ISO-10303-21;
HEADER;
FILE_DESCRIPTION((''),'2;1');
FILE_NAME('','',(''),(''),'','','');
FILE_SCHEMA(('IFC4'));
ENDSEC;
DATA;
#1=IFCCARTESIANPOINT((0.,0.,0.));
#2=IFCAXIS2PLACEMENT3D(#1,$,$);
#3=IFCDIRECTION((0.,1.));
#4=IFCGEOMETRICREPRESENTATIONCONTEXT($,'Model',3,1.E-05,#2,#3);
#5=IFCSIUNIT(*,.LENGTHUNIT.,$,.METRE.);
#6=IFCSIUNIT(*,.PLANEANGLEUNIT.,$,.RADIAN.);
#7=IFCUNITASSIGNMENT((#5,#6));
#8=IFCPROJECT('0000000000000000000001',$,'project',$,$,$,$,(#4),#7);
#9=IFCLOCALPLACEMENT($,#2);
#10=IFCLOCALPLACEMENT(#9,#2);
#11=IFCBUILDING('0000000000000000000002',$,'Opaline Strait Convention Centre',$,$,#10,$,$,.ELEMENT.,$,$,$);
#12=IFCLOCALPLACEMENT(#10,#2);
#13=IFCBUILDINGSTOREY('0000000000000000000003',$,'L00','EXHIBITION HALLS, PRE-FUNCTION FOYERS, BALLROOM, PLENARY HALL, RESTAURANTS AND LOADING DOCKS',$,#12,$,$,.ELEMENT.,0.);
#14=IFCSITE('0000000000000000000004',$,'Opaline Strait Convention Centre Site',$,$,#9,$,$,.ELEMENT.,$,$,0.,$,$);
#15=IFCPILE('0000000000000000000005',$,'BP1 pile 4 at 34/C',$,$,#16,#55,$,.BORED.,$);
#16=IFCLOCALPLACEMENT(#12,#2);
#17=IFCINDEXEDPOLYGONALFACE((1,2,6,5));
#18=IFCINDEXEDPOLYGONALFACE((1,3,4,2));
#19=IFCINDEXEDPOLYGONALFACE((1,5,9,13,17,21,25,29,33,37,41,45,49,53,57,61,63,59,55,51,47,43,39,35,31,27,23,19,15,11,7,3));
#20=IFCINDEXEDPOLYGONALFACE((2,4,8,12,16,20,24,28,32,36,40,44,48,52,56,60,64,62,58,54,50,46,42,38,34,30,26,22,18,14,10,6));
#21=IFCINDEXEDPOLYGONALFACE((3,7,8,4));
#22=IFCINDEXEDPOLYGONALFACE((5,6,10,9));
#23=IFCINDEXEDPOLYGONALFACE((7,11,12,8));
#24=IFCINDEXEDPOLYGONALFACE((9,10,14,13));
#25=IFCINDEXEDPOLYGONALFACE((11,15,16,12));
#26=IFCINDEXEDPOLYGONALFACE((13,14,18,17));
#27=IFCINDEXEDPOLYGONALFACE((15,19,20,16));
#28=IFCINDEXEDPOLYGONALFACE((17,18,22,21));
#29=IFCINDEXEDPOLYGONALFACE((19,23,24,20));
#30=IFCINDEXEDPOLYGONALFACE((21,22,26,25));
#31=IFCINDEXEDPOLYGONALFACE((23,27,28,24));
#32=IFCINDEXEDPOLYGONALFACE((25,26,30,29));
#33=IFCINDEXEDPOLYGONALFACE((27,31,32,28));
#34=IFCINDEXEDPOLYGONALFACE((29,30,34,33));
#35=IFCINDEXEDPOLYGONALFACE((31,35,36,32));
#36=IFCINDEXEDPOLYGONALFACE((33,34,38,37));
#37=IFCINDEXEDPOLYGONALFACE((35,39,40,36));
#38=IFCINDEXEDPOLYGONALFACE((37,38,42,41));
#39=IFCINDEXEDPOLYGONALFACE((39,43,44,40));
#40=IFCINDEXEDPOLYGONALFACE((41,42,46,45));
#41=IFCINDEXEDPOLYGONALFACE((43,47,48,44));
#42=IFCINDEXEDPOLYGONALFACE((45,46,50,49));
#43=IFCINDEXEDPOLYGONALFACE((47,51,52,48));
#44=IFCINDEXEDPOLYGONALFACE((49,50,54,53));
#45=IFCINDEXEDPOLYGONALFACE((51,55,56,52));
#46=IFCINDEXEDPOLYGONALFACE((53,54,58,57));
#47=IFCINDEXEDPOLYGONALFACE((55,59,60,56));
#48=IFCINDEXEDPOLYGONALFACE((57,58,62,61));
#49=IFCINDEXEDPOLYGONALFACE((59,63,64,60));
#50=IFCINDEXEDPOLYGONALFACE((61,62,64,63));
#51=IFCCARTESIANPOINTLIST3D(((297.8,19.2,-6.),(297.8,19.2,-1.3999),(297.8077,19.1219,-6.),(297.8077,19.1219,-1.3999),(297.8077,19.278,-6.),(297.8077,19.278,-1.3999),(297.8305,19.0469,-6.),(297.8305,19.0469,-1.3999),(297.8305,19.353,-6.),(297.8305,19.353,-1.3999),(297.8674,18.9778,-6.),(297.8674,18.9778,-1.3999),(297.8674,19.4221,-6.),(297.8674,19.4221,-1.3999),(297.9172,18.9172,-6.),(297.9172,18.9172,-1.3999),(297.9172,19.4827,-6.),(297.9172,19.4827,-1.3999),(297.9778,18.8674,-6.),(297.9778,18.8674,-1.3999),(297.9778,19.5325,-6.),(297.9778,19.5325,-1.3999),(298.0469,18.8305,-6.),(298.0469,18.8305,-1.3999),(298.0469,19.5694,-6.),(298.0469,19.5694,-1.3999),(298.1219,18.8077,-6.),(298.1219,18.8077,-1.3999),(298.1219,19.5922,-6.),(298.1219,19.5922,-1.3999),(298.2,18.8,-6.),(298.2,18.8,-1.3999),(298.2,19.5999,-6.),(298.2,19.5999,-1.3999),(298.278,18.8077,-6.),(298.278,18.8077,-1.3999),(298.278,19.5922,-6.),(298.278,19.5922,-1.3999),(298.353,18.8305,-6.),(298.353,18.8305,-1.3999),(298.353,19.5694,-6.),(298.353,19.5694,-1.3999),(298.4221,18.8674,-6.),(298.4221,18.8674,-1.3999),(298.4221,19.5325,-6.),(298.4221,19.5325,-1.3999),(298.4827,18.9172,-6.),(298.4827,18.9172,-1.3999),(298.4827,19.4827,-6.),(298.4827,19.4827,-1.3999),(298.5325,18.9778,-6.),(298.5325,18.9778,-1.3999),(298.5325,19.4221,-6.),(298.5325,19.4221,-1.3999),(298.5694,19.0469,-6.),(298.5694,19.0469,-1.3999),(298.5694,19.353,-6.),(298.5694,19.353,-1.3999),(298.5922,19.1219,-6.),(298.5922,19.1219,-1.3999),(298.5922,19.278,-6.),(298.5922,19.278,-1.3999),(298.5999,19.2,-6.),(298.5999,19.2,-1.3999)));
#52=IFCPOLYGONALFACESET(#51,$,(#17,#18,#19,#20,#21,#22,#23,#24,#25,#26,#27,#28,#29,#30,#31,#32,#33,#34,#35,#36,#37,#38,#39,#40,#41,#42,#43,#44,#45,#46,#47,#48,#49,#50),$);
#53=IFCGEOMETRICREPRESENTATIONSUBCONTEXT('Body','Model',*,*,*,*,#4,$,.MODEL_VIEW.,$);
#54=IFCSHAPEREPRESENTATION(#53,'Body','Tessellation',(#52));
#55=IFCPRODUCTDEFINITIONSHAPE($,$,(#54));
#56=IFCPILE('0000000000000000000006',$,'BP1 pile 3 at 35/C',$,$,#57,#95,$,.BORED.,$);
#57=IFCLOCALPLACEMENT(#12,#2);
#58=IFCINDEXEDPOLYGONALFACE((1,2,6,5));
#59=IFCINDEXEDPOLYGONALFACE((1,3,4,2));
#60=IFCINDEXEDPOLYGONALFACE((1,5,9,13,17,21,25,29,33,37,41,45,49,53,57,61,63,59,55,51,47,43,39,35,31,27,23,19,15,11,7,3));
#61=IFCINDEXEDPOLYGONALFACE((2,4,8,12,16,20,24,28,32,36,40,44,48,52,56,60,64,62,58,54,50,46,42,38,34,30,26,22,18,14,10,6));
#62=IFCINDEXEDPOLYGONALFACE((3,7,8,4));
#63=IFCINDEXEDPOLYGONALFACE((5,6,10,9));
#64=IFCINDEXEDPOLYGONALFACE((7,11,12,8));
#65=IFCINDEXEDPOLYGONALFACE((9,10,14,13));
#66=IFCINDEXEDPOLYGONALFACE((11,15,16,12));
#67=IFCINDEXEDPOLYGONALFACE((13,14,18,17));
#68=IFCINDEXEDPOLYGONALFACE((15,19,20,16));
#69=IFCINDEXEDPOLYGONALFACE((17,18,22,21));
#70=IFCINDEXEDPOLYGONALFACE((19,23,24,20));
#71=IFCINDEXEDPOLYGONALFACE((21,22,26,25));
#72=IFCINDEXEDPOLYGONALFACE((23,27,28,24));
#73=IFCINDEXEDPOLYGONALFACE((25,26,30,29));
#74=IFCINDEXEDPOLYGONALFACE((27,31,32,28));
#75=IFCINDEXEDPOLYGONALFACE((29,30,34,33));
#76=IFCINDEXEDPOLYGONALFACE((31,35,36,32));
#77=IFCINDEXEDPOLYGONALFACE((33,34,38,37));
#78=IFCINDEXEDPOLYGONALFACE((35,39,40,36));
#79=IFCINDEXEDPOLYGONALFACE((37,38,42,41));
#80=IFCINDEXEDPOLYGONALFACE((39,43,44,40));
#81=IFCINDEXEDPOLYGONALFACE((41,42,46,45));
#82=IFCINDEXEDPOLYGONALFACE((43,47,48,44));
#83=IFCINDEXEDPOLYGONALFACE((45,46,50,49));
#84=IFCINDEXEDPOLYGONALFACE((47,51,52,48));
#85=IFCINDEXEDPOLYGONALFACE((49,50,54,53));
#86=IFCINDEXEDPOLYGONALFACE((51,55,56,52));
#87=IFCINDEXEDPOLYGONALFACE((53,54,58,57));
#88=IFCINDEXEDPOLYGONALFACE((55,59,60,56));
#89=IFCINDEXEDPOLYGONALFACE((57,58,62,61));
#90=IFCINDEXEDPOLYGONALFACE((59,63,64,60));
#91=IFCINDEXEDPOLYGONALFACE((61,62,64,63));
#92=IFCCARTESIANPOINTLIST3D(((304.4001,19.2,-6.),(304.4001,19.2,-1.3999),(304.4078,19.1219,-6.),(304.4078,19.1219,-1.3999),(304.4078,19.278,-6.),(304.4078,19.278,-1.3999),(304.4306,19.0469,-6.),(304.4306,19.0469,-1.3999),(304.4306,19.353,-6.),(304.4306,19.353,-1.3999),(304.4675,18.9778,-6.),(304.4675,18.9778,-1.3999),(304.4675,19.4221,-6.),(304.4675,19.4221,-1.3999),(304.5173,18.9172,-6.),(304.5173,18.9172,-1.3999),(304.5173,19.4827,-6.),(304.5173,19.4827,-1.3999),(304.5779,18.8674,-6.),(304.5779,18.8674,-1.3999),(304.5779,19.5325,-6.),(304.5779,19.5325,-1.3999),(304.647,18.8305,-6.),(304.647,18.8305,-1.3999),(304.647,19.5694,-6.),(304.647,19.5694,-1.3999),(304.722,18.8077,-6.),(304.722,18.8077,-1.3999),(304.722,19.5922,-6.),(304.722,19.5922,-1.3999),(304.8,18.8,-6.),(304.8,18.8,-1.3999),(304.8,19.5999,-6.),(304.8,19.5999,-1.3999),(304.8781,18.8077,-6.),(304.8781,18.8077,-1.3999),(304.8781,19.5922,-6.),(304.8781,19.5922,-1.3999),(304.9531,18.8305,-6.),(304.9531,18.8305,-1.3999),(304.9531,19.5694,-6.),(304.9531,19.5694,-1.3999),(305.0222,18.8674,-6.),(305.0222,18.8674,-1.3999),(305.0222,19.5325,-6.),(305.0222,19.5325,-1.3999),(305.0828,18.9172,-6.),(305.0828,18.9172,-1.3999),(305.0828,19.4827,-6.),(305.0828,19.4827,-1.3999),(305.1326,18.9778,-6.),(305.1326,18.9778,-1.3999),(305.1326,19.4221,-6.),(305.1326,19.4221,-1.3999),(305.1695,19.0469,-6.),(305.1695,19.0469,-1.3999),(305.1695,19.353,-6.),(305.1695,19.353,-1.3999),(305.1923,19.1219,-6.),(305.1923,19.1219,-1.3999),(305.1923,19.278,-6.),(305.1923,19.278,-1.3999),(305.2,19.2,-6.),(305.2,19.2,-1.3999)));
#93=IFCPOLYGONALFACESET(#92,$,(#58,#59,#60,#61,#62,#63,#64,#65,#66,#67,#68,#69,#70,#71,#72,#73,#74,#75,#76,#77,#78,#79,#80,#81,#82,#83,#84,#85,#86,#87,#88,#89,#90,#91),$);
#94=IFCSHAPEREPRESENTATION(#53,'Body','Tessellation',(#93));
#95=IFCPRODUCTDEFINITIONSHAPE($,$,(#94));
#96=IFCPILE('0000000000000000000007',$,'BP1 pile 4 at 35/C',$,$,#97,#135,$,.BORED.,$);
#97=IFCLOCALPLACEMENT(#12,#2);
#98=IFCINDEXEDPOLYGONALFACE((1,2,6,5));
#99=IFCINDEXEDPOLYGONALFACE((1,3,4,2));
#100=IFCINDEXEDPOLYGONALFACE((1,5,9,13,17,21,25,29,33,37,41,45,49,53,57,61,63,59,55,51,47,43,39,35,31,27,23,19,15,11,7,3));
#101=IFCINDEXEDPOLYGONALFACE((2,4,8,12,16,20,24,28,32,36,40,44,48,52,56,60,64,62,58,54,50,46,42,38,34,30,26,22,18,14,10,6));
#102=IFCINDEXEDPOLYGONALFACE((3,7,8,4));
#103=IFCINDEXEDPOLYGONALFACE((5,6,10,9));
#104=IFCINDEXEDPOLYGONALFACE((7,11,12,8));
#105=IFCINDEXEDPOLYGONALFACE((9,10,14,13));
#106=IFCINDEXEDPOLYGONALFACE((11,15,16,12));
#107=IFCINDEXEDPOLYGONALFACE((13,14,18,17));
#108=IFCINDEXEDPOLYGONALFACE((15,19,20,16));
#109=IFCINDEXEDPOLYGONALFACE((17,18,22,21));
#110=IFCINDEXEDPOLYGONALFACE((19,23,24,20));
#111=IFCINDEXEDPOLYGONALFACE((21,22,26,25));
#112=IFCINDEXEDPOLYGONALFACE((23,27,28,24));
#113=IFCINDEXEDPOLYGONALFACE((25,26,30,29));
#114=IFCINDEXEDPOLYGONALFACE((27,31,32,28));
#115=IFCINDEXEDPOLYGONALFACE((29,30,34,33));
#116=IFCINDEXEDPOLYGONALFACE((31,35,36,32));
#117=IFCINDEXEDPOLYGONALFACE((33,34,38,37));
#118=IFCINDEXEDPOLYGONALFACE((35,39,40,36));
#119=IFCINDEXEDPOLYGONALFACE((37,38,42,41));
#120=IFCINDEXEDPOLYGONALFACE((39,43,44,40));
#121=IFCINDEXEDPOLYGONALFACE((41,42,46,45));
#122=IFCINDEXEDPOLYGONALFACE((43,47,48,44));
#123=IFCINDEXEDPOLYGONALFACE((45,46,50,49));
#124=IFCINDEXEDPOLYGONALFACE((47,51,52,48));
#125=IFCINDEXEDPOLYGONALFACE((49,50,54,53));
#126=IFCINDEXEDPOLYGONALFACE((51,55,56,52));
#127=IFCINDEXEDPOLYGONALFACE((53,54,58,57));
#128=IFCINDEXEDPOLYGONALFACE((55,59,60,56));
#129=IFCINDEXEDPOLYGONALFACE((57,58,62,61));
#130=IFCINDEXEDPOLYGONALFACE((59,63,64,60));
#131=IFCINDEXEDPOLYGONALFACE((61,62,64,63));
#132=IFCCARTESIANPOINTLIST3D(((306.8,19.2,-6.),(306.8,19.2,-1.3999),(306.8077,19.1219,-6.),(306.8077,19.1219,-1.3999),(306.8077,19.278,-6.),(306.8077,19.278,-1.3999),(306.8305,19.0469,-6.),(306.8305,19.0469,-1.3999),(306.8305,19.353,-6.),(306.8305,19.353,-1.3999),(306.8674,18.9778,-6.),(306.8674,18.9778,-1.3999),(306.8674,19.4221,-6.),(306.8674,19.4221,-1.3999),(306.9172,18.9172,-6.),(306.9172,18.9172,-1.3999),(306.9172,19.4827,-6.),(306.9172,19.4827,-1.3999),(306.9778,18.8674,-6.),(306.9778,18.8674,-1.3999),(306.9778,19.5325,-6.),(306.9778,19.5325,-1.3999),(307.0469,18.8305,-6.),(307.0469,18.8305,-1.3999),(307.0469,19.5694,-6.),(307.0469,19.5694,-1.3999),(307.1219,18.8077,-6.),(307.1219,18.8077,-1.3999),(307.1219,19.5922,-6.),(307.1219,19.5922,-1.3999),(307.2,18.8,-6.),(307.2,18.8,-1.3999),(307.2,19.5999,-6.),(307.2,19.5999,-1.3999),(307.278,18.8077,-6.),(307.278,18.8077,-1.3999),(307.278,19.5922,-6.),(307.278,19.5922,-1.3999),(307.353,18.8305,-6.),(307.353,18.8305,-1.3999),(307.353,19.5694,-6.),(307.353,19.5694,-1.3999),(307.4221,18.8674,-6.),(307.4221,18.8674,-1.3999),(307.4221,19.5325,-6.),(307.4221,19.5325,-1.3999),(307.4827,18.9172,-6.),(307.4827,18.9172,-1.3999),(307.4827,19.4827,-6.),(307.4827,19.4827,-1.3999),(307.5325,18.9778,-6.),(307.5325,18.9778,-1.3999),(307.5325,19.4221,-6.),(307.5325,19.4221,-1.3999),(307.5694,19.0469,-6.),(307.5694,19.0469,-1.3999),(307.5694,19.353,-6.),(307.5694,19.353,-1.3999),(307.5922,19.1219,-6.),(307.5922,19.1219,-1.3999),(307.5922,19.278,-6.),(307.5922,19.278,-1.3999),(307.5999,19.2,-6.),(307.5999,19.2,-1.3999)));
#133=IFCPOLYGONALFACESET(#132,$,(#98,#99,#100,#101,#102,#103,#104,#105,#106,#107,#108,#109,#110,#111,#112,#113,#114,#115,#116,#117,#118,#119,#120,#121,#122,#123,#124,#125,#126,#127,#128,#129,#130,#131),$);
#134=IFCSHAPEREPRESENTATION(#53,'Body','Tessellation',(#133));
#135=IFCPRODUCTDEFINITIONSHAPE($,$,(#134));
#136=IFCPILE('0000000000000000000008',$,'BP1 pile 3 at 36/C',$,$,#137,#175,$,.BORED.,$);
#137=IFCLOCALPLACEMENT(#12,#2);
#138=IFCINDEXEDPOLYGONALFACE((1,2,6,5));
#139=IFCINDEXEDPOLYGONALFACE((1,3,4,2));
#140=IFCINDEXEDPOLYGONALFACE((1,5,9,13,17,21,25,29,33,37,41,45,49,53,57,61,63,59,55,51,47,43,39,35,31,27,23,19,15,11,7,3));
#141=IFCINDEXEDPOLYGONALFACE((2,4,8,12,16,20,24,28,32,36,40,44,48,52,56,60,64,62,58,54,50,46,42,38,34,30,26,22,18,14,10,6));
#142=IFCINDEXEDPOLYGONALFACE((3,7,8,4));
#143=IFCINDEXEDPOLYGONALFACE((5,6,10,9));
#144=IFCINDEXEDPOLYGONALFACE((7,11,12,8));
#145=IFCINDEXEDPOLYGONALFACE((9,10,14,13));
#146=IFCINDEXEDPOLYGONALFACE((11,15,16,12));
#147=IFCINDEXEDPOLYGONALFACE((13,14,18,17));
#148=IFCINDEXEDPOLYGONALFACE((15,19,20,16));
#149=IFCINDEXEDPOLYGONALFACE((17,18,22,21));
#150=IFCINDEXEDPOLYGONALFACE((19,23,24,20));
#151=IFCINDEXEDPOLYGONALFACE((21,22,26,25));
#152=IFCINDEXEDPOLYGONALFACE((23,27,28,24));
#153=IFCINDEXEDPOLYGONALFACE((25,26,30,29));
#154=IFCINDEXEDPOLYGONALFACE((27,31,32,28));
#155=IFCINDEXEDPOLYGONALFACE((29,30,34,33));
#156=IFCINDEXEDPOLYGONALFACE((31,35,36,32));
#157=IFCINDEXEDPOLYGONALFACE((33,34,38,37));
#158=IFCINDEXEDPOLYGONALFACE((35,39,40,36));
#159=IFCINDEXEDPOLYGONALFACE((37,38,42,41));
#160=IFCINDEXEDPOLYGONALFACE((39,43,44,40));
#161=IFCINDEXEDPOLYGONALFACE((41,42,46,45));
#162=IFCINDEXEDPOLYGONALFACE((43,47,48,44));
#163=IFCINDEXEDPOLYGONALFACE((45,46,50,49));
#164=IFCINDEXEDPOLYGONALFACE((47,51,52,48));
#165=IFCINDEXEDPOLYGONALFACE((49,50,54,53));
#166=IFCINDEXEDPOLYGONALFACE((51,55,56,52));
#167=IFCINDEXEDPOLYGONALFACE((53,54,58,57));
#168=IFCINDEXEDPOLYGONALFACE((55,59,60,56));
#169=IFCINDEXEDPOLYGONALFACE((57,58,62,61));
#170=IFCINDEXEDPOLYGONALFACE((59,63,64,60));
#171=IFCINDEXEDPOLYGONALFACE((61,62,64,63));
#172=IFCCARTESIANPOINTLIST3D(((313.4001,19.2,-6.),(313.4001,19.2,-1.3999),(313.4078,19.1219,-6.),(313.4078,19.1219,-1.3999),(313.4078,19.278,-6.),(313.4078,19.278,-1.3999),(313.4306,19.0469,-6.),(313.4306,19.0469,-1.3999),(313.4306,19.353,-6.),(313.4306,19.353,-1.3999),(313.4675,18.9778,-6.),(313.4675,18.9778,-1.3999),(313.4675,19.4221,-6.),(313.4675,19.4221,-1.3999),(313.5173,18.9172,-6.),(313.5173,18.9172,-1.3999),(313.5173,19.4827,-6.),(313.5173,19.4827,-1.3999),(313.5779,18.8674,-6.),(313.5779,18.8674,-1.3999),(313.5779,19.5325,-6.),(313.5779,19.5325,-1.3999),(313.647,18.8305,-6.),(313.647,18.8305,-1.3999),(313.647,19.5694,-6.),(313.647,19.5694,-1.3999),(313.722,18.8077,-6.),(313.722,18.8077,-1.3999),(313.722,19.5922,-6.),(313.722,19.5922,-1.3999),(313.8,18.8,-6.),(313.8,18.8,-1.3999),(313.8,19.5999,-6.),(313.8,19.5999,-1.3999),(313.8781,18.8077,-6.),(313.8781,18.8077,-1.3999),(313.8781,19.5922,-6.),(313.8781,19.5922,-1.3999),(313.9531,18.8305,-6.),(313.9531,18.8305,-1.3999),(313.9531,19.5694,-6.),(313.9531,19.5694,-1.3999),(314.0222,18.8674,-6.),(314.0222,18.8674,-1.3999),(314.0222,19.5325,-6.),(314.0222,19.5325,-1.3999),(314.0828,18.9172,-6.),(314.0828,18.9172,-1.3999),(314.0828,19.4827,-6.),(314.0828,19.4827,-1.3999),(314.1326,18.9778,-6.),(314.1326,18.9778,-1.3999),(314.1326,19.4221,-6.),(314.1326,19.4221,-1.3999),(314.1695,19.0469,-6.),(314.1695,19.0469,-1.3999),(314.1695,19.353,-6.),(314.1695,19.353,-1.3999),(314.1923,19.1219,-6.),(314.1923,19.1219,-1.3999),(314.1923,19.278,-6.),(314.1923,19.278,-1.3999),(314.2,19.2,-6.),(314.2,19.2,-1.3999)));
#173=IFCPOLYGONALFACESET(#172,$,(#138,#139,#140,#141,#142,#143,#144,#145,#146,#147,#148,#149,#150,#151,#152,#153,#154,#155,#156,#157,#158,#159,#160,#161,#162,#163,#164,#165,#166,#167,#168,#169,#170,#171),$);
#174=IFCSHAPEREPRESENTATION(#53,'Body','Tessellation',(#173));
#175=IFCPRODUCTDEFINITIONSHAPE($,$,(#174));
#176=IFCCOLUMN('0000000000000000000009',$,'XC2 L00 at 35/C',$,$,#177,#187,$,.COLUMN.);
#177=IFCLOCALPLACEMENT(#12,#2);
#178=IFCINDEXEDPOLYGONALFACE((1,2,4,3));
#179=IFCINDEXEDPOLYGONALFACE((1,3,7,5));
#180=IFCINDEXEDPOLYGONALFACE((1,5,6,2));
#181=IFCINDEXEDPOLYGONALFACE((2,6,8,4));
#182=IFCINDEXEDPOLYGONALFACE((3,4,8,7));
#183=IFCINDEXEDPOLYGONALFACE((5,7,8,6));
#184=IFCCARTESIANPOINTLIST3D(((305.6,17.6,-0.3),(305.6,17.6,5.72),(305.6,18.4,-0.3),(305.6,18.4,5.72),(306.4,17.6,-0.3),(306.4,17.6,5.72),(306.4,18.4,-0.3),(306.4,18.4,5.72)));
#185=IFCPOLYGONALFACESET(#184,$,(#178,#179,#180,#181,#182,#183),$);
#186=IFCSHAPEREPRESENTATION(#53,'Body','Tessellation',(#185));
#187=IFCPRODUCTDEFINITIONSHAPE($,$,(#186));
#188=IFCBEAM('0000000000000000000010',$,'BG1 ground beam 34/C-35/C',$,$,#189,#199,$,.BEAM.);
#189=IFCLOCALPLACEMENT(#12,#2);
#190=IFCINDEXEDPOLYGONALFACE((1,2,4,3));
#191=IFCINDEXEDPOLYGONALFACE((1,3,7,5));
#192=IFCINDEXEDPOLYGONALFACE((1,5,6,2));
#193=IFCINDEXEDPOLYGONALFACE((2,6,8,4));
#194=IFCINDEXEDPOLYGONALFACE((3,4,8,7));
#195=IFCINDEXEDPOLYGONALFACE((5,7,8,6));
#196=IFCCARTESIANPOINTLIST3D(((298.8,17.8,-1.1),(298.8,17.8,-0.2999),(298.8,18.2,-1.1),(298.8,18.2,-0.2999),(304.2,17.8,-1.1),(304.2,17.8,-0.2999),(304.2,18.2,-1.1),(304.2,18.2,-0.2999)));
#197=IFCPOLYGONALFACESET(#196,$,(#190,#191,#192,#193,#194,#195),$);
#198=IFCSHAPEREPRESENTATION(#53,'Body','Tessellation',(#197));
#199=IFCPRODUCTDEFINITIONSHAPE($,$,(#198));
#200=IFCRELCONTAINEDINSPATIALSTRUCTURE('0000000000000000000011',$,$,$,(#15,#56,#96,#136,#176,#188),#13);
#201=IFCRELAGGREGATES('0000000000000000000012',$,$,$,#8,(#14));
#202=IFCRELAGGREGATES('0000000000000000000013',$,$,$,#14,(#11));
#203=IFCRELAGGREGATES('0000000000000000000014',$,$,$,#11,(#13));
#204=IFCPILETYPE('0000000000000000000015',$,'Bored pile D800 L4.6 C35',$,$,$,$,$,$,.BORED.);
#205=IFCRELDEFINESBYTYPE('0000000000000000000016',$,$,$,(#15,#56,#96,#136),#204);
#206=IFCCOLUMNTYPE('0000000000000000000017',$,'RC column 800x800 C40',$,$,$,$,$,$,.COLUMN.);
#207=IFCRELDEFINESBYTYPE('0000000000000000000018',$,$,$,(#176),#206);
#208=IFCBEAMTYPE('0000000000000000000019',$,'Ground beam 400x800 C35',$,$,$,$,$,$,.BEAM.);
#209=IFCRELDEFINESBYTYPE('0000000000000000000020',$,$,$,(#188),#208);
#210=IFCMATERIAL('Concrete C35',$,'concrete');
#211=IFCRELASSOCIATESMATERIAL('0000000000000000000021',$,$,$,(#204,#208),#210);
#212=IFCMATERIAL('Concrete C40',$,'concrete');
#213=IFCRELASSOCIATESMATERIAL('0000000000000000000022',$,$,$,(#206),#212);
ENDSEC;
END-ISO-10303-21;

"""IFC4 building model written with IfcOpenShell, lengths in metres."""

from ifc_helpers import new_model, si_unit, direction, frame, origin, origin_2d, place, context, subcontext, project, spatial, rectangle, circle, extrude, material, material_profile, profile_set, type_object, element, save


model = new_model("IFC4")

# Units and contexts
model_context = context("Model", 3, precision=1e-05, world=origin(), true_north=direction((0.0, 1.0)))
body_context = subcontext(model_context, "Body", "Model", "MODEL_VIEW")
ifc_project = project(units=[si_unit("LENGTHUNIT", "METRE"), si_unit("PLANEANGLEUNIT", "RADIAN")], contexts=[model_context])

# Site, building, storey
site_placement = place(None, origin())
site = spatial("IfcSite", under=ifc_project, at=site_placement, Name="Opaline Strait Convention Centre Site", CompositionType="ELEMENT", RefElevation=0.0)
building_placement = place(site_placement, origin())
building = spatial("IfcBuilding", under=site, at=building_placement, Name="Opaline Strait Convention Centre", CompositionType="ELEMENT")
storey_placement = place(building_placement, origin())
storey = spatial("IfcBuildingStorey", under=building, at=storey_placement, Name="L00", Description="EXHIBITION HALLS, PRE-FUNCTION FOYERS, BALLROOM, PLENARY HALL, RESTAURANTS AND LOADING DOCKS", CompositionType="ELEMENT", Elevation=0.0)

# Piles
ifc_material_1 = material(Name="Concrete C35", Category="concrete")
ifc_material_profile_1 = material_profile(ifc_material_1, circle(Radius=0.3999, at=origin_2d()), Name="D800")
ifc_profile_set_1 = profile_set([ifc_material_profile_1], Name="Concrete C35")
pile_type = type_object("IfcPileType", Name="Bored pile D800 L4.6 C35", PredefinedType="BORED", material=ifc_profile_set_1)
for number, where, z_axis, x_axis, name in (
    (1, (298.2, 19.2, -1.3999), (0.0, 0.0, -1.0), (1.0, 0.0, 0.0), "BP1 pile 4 at 34/C"),
    (2, (304.8, 19.2, -1.3999), (0.0, 0.0, -1.0), (1.0, 0.0, 0.0), "BP1 pile 3 at 35/C"),
    (3, (307.2, 19.2, -1.3999), (0.0, 0.0, -1.0), (1.0, 0.0, 0.0), "BP1 pile 4 at 35/C"),
    (4, (313.8, 19.2, -1.3999), (0.0, 0.0, -1.0), (1.0, 0.0, 0.0), "BP1 pile 3 at 36/C"),
):
    element("IfcPile", number, at=place(storey_placement, frame(where, z_axis=z_axis, x_axis=x_axis)), inside=storey, type_object=pile_type, Name=name, PredefinedType="BORED", context=body_context, shape_type="SweptSolid", body=[
        extrude(circle(Radius=0.3999, at=origin_2d()), origin(), (0.0, 0.0, 1.0), 4.6001),
    ])

# Column
ifc_material_2 = material(Name="Concrete C40", Category="concrete")
ifc_material_profile_2 = material_profile(ifc_material_2, rectangle(XDim=0.8, YDim=0.8, at=origin_2d()), Name="RC 800x800")
ifc_profile_set_2 = profile_set([ifc_material_profile_2], Name="Concrete C40")
column_type = type_object("IfcColumnType", Name="RC column 800x800 C40", PredefinedType="COLUMN", material=ifc_profile_set_2)
column_placement = place(storey_placement, frame((306.0, 18.0, -0.3), z_axis=(0.0, 0.0, 1.0), x_axis=(1.0, 0.0, 0.0)))
element("IfcColumn", 5, at=column_placement, inside=storey, type_object=column_type, Name="XC2 L00 at 35/C", PredefinedType="COLUMN", context=body_context, shape_type="SweptSolid", body=[
    extrude(rectangle(XDim=0.8, YDim=0.8, at=origin_2d()), origin(), (0.0, 0.0, 1.0), 6.02),
])

# Beam
ifc_material_profile_3 = material_profile(ifc_material_1, rectangle(XDim=0.3999, YDim=0.8, at=origin_2d()), Name="RC 400x800")
ifc_profile_set_3 = profile_set([ifc_material_profile_3], Name="Concrete C35")
beam_type = type_object("IfcBeamType", Name="Ground beam 400x800 C35", PredefinedType="BEAM", material=ifc_profile_set_3)
for number, where, z_axis, x_axis, name in (
    (6, (298.8, 18.0, -0.7), (1.0, 0.0, 0.0), (0.0, 1.0, 0.0), "BG1 ground beam 34/C-35/C"),
):
    element("IfcBeam", number, at=place(storey_placement, frame(where, z_axis=z_axis, x_axis=x_axis)), inside=storey, type_object=beam_type, Name=name, PredefinedType="BEAM", context=body_context, shape_type="SweptSolid", body=[
        extrude(rectangle(XDim=0.3999, YDim=0.8, at=origin_2d()), origin(), (0.0, 0.0, 1.0), 5.3999),
    ])

save(model, "model.ifc")
